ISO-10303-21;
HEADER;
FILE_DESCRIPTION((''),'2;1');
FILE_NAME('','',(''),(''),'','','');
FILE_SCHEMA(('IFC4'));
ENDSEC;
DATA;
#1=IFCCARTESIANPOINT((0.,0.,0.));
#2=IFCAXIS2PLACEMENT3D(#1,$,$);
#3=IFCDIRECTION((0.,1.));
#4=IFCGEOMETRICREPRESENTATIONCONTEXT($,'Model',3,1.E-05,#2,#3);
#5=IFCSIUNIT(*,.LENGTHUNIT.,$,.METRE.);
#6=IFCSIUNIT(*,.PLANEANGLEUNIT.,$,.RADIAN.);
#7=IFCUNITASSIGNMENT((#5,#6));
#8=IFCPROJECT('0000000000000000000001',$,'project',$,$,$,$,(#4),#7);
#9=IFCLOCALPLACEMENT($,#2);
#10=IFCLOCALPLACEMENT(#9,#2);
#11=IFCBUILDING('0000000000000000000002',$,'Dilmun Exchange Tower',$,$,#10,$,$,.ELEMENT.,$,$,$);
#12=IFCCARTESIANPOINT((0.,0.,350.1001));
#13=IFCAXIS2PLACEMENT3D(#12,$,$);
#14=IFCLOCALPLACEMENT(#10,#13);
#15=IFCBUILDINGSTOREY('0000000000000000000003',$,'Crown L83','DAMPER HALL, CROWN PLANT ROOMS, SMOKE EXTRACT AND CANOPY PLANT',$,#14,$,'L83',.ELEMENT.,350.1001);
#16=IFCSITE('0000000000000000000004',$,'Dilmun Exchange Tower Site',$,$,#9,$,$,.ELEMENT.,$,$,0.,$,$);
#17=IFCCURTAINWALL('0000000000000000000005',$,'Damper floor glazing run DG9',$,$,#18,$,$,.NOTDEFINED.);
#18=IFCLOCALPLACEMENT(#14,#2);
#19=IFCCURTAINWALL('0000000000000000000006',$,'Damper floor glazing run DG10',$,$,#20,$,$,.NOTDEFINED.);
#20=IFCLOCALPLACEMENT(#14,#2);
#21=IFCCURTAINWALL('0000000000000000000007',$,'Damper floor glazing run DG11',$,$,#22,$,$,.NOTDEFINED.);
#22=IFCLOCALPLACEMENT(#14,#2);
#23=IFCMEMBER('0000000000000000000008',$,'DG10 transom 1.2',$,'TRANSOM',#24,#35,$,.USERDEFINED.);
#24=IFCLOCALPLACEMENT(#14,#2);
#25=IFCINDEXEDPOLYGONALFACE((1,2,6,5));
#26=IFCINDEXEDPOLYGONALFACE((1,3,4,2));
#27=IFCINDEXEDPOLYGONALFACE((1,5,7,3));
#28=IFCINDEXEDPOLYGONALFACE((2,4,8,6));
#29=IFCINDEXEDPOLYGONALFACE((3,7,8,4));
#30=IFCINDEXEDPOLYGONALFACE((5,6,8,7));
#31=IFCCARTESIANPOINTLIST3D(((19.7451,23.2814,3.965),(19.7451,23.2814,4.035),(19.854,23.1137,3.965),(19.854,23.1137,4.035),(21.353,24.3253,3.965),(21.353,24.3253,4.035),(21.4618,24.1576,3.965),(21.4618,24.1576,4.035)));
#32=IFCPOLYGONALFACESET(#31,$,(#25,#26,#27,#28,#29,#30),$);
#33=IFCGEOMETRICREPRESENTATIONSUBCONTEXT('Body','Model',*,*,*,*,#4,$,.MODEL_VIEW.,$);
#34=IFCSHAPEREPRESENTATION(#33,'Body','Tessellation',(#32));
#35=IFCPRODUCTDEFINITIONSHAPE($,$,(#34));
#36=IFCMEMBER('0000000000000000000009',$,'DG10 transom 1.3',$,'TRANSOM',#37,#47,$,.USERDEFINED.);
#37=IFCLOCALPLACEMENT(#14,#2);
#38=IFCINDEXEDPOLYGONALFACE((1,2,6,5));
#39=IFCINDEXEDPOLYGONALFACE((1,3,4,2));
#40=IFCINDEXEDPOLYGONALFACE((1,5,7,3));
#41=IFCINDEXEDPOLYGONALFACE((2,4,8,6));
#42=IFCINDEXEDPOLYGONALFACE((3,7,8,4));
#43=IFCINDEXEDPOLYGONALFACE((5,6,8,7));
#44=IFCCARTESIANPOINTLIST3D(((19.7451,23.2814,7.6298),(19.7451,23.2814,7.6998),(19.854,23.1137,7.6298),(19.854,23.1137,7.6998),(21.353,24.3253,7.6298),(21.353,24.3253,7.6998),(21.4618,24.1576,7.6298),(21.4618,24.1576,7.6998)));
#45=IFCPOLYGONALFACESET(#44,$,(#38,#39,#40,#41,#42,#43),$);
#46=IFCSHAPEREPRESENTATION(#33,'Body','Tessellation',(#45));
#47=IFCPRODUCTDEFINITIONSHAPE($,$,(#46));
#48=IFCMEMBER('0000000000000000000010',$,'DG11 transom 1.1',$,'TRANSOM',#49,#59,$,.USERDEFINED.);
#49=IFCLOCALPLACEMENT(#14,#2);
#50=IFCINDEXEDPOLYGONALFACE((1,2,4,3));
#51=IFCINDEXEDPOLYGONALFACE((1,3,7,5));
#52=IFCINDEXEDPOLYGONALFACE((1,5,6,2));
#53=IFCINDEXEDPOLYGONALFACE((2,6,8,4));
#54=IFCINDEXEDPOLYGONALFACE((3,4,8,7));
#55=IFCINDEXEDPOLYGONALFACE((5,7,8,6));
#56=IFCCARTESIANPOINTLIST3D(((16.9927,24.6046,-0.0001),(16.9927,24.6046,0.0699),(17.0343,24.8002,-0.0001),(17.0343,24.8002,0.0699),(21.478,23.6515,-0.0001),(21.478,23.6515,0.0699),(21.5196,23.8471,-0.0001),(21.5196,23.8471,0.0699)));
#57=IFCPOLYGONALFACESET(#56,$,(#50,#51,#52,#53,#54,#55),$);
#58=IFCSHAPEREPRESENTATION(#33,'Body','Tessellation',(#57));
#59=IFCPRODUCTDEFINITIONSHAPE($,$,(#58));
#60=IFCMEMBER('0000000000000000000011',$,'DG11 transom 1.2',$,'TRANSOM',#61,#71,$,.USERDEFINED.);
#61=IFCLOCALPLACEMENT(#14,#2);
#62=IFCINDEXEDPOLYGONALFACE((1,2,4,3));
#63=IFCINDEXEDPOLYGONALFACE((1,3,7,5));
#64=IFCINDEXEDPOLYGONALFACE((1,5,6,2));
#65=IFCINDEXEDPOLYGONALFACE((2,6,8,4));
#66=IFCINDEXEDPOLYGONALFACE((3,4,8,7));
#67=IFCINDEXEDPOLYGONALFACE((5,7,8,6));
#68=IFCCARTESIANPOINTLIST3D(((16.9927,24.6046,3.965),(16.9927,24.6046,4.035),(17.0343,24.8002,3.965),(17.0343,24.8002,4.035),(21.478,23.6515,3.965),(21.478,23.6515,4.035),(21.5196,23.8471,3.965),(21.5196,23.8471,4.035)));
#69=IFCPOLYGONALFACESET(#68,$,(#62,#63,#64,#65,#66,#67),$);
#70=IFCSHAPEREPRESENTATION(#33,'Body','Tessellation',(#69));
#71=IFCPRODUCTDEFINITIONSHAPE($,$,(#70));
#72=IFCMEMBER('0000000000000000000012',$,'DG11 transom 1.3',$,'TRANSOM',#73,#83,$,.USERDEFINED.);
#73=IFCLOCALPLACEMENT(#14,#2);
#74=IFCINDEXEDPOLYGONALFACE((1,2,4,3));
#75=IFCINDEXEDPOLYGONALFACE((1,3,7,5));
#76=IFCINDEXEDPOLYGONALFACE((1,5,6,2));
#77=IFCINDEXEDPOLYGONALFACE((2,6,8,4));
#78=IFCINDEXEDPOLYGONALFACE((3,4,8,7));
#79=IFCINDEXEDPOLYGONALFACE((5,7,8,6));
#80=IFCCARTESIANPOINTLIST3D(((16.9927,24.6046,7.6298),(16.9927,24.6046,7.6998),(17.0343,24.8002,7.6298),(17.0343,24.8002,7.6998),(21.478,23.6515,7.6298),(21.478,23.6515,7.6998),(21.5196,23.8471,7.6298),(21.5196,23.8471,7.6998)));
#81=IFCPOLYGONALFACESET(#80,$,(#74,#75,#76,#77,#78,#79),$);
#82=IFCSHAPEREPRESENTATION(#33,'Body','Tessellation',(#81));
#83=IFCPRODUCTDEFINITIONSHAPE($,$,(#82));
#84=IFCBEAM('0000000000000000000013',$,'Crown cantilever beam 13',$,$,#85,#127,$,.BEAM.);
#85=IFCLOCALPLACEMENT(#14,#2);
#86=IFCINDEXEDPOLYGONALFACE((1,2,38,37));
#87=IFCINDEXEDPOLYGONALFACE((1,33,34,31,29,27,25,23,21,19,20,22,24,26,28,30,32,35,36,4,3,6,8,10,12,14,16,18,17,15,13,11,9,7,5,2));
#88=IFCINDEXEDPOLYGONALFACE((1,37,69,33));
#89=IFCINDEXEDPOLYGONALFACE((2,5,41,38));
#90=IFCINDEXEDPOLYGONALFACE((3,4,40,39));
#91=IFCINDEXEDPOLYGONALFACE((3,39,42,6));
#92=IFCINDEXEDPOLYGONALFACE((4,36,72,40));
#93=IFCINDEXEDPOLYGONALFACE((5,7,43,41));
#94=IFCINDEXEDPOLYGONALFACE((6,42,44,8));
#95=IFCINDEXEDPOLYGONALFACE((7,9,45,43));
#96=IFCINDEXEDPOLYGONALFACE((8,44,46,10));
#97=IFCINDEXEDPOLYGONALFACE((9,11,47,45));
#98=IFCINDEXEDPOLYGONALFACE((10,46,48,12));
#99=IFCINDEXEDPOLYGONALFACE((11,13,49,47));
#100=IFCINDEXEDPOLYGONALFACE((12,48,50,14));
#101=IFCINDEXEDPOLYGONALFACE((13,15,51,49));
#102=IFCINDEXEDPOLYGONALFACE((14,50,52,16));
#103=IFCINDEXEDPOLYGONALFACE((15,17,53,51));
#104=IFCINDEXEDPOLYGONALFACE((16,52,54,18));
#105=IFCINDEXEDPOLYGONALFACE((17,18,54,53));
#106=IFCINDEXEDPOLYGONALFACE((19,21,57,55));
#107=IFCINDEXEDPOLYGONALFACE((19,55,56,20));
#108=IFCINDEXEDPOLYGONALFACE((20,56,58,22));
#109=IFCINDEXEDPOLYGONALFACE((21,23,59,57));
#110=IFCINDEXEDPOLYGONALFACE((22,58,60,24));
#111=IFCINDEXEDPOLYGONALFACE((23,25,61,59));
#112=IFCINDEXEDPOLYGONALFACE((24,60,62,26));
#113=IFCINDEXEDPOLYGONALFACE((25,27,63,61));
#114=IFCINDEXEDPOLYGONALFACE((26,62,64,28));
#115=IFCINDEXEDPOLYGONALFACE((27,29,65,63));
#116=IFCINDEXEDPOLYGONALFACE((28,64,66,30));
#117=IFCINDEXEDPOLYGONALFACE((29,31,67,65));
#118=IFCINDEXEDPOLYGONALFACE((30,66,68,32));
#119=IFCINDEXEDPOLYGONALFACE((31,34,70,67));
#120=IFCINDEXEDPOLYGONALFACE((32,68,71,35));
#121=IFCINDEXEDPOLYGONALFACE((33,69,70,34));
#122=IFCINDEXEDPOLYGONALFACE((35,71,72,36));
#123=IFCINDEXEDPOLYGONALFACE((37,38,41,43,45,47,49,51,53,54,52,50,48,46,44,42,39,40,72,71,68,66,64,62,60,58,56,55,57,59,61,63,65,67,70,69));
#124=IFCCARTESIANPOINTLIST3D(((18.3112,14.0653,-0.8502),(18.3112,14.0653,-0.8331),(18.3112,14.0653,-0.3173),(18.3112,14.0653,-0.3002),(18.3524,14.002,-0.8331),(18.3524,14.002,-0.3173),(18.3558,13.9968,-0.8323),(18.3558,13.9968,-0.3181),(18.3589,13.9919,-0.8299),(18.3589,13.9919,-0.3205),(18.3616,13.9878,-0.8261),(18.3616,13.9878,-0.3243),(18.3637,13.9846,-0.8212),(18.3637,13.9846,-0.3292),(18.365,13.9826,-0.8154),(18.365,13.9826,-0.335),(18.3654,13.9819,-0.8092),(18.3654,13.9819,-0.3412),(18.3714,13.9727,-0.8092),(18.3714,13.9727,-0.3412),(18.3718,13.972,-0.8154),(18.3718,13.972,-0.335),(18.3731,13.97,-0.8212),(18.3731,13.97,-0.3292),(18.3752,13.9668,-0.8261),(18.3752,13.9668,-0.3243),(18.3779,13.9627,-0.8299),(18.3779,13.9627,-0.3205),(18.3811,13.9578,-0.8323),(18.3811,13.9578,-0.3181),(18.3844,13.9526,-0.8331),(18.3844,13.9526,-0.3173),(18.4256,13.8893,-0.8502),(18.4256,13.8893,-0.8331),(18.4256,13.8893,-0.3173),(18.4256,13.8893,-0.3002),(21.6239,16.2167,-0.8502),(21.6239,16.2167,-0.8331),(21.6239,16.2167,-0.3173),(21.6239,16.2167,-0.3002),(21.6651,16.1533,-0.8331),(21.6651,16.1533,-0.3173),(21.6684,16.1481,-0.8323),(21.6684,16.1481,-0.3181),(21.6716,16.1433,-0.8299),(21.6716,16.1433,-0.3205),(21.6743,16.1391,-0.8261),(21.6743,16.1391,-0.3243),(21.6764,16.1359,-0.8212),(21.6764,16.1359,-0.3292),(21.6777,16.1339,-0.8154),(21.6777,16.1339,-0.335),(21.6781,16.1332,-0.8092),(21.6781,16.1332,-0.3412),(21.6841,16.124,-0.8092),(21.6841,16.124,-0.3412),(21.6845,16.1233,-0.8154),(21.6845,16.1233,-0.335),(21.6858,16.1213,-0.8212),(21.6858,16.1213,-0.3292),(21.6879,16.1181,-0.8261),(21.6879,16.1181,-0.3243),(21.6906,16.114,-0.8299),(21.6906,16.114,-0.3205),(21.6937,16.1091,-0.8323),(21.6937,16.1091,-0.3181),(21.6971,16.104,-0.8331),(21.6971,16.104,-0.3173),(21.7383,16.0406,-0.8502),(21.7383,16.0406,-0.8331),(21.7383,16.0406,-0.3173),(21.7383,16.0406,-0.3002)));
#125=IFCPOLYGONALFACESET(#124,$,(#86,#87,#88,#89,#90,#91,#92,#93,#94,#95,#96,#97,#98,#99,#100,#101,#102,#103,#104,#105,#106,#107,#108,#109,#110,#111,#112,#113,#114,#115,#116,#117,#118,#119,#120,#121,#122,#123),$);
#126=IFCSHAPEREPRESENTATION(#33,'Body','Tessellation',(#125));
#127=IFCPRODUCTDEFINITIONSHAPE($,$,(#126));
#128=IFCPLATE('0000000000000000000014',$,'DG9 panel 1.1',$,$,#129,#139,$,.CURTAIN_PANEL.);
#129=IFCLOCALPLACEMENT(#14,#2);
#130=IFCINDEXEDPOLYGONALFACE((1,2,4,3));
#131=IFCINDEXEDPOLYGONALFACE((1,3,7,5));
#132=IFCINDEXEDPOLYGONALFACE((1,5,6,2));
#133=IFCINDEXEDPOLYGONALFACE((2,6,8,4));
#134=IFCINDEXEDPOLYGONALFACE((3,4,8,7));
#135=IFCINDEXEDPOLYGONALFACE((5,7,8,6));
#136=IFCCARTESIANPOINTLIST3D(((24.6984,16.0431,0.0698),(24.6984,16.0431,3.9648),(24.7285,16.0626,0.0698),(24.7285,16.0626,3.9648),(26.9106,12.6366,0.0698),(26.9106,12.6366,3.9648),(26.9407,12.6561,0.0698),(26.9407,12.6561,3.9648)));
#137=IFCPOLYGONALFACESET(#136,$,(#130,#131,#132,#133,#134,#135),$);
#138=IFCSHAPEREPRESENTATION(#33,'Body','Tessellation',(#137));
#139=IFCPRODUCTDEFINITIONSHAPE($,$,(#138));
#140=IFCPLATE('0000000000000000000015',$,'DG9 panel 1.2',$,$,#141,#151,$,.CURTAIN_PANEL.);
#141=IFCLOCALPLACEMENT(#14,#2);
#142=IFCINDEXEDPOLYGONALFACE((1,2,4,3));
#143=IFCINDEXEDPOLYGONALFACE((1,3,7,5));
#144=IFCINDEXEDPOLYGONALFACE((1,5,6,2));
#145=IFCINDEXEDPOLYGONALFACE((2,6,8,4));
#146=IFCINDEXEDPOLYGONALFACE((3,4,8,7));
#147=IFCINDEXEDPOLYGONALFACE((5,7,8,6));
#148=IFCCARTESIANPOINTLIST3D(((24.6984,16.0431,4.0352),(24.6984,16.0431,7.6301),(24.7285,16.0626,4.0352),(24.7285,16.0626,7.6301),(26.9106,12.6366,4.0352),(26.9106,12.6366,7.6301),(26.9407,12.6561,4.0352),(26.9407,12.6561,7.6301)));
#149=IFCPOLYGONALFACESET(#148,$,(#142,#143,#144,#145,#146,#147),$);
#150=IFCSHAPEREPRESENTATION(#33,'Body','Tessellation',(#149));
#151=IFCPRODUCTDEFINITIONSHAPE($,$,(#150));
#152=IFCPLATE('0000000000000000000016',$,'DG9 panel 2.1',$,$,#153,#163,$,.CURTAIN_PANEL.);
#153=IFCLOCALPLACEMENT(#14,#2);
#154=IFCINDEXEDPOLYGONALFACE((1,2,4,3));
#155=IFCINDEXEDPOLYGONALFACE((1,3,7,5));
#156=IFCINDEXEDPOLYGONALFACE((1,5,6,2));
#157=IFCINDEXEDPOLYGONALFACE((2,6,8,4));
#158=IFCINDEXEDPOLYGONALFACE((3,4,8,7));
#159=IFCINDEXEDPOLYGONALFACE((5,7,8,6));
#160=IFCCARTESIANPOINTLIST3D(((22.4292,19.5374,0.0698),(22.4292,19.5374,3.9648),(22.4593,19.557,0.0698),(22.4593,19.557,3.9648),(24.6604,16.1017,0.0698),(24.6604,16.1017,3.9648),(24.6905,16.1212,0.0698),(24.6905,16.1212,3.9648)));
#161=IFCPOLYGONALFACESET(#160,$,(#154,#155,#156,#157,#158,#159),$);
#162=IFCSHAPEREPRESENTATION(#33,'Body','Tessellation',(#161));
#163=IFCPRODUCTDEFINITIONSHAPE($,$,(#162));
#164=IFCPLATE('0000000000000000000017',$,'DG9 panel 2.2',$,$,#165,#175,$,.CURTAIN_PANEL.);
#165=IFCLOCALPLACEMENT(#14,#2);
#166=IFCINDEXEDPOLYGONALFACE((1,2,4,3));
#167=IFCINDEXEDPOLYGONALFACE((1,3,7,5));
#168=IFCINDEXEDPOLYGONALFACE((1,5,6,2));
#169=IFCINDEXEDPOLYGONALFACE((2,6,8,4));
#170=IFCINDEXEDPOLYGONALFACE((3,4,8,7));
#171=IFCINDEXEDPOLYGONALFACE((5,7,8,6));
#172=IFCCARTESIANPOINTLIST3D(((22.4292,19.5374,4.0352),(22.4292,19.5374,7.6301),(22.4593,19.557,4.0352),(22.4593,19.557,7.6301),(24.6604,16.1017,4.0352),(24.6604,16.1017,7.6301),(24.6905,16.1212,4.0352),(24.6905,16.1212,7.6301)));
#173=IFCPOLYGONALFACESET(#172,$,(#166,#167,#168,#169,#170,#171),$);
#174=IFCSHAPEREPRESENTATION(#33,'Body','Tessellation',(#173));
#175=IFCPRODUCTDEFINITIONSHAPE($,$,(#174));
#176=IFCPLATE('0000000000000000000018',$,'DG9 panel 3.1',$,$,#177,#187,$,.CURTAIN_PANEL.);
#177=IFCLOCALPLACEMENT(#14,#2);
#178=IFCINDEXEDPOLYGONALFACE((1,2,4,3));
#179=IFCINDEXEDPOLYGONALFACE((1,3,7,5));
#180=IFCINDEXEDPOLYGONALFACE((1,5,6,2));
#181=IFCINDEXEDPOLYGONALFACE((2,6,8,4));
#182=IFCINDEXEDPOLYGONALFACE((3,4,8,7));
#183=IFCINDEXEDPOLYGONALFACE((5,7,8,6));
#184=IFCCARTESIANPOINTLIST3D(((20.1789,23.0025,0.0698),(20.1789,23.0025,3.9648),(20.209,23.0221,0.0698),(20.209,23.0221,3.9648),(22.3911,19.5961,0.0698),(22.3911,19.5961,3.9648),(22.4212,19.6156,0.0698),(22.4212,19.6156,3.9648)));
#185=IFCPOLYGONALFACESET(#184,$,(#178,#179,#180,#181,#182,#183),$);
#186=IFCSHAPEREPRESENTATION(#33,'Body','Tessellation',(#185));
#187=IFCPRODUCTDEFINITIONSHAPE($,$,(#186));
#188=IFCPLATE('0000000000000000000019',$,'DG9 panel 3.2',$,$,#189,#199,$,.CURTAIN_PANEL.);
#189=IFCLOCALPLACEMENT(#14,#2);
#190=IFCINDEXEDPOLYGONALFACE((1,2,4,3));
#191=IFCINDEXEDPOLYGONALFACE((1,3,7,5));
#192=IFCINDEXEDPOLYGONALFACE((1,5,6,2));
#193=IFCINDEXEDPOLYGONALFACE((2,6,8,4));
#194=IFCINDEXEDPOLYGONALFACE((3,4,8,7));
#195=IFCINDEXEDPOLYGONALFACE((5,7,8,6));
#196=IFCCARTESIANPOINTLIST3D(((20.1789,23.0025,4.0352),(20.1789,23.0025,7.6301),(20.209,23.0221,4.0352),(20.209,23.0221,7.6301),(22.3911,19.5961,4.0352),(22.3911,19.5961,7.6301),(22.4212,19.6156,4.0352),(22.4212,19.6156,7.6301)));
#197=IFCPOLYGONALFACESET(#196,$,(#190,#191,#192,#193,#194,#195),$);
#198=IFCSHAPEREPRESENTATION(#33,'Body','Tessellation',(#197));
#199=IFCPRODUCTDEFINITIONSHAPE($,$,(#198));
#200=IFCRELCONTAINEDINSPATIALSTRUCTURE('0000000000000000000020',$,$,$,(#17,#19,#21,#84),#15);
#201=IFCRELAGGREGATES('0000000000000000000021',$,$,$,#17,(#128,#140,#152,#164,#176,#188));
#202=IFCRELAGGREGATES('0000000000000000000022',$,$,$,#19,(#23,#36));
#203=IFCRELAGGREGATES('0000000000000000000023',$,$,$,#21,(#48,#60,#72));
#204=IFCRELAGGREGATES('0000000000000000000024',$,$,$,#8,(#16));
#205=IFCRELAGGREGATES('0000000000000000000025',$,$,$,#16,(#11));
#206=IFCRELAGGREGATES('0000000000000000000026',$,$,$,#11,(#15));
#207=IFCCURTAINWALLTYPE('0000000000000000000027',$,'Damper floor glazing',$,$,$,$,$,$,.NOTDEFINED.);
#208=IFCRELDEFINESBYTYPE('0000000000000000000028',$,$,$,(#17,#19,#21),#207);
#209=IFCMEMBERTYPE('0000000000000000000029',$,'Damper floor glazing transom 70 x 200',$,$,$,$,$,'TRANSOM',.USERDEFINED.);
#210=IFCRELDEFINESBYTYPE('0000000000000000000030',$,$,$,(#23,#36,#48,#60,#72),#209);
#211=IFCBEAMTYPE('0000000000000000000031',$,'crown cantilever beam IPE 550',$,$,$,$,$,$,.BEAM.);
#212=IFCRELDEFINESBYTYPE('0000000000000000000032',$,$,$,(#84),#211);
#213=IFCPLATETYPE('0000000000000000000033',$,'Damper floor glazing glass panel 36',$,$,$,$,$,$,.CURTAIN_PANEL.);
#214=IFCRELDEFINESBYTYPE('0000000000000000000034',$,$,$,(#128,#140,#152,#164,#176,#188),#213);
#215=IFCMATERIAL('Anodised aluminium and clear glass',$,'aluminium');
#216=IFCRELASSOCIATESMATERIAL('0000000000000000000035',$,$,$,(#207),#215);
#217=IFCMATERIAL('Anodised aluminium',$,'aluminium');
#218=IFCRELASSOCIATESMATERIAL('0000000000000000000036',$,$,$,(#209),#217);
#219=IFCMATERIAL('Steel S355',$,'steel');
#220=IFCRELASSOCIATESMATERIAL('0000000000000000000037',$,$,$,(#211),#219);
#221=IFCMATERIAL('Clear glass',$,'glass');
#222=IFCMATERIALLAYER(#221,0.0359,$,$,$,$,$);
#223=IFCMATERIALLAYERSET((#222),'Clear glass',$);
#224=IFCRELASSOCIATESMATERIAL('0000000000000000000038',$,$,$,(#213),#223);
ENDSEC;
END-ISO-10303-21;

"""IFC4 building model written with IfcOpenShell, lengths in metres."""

from ifc_helpers import new_model, si_unit, direction, frame, origin, origin_2d, place, context, subcontext, project, spatial, rectangle, i_section, extrude, material, layer, layer_set, material_profile, profile_set, type_object, element, aggregate, save


model = new_model("IFC4")

# Units and contexts
model_context = context("Model", 3, precision=1e-05, world=origin(), true_north=direction((0.0, 1.0)))
body_context = subcontext(model_context, "Body", "Model", "MODEL_VIEW")
ifc_project = project(units=[si_unit("LENGTHUNIT", "METRE"), si_unit("PLANEANGLEUNIT", "RADIAN")], contexts=[model_context])

# Site, building, storey
site_placement = place(None, origin())
site = spatial("IfcSite", under=ifc_project, at=site_placement, Name="Dilmun Exchange Tower Site", CompositionType="ELEMENT", RefElevation=0.0)
building_placement = place(site_placement, origin())
building = spatial("IfcBuilding", under=site, at=building_placement, Name="Dilmun Exchange Tower", CompositionType="ELEMENT")
storey_placement = place(building_placement, frame((0.0, 0.0, 350.1001)))
storey = spatial("IfcBuildingStorey", under=building, at=storey_placement, Name="Crown L83", Description="DAMPER HALL, CROWN PLANT ROOMS, SMOKE EXTRACT AND CANOPY PLANT", LongName="L83", CompositionType="ELEMENT", Elevation=350.1001)

# Curtain walls
ifc_material_1 = material(Name="Anodised aluminium and clear glass", Category="aluminium")
curtain_wall_type = type_object("IfcCurtainWallType", Name="Damper floor glazing", PredefinedType="NOTDEFINED", material=ifc_material_1)
curtain_wall_1_placement = place(storey_placement, origin())
curtain_wall_1 = element("IfcCurtainWall", 1, at=curtain_wall_1_placement, inside=storey, type_object=curtain_wall_type, Name="Damper floor glazing run DG9", PredefinedType="NOTDEFINED")
ifc_material_2 = material(Name="Anodised aluminium", Category="aluminium")
curtain_wall_2_placement = place(storey_placement, origin())
curtain_wall_2 = element("IfcCurtainWall", 2, at=curtain_wall_2_placement, inside=storey, type_object=curtain_wall_type, Name="Damper floor glazing run DG10", PredefinedType="NOTDEFINED")

# Curtain wall
curtain_wall_3_placement = place(storey_placement, origin())
curtain_wall_3 = element("IfcCurtainWall", 3, at=curtain_wall_3_placement, inside=storey, type_object=curtain_wall_type, Name="Damper floor glazing run DG11", PredefinedType="NOTDEFINED")

# Members
ifc_material_profile_1 = material_profile(ifc_material_2, rectangle(XDim=0.2, YDim=0.0701, at=origin_2d()), Name="AL 70x200")
ifc_profile_set_1 = profile_set([ifc_material_profile_1], Name="Anodised aluminium")
member_type_1 = type_object("IfcMemberType", Name="Damper floor glazing transom 70 x 200", ElementType="TRANSOM", PredefinedType="USERDEFINED", material=ifc_profile_set_1)
member_1_placement = place(storey_placement, frame((19.7996, 23.1975, 4.0), z_axis=(0.838729, 0.54455, 0.0), x_axis=(-0.54455, 0.838729, 0.0)))
member_1 = element("IfcMember", 4, at=member_1_placement, type_object=member_type_1, Name="DG10 transom 1.2", ObjectType="TRANSOM", PredefinedType="USERDEFINED", context=body_context, shape_type="SweptSolid", body=[
    extrude(rectangle(XDim=0.2, YDim=0.0701, at=origin_2d()), origin(), (0.0, 0.0, 1.0), 1.917),
])
member_2_placement = place(storey_placement, frame((19.7996, 23.1975, 7.6648), z_axis=(0.838729, 0.54455, 0.0), x_axis=(-0.54455, 0.838729, 0.0)))
member_2 = element("IfcMember", 5, at=member_2_placement, type_object=member_type_1, Name="DG10 transom 1.3", ObjectType="TRANSOM", PredefinedType="USERDEFINED", context=body_context, shape_type="SweptSolid", body=[
    extrude(rectangle(XDim=0.2, YDim=0.0701, at=origin_2d()), origin(), (0.0, 0.0, 1.0), 1.917),
])
member_3_placement = place(storey_placement, frame((21.4988, 23.7493, 0.0349), z_axis=(-0.978159, 0.207856, 0.0), x_axis=(-0.207856, -0.978159, 0.0)))
member_3 = element("IfcMember", 6, at=member_3_placement, type_object=member_type_1, Name="DG11 transom 1.1", ObjectType="TRANSOM", PredefinedType="USERDEFINED", context=body_context, shape_type="SweptSolid", body=[
    extrude(rectangle(XDim=0.2, YDim=0.0701, at=origin_2d()), origin(), (0.0, 0.0, 1.0), 4.5854),
])
member_4_placement = place(storey_placement, frame((21.4988, 23.7493, 4.0), z_axis=(-0.978159, 0.207856, 0.0), x_axis=(-0.207856, -0.978159, 0.0)))
member_4 = element("IfcMember", 7, at=member_4_placement, type_object=member_type_1, Name="DG11 transom 1.2", ObjectType="TRANSOM", PredefinedType="USERDEFINED", context=body_context, shape_type="SweptSolid", body=[
    extrude(rectangle(XDim=0.2, YDim=0.0701, at=origin_2d()), origin(), (0.0, 0.0, 1.0), 4.5854),
])
member_5_placement = place(storey_placement, frame((21.4988, 23.7493, 7.6648), z_axis=(-0.978159, 0.207856, 0.0), x_axis=(-0.207856, -0.978159, 0.0)))
member_5 = element("IfcMember", 8, at=member_5_placement, type_object=member_type_1, Name="DG11 transom 1.3", ObjectType="TRANSOM", PredefinedType="USERDEFINED", context=body_context, shape_type="SweptSolid", body=[
    extrude(rectangle(XDim=0.2, YDim=0.0701, at=origin_2d()), origin(), (0.0, 0.0, 1.0), 4.5854),
])

# Beam
ifc_material_3 = material(Name="Steel S355", Category="steel")
ifc_material_profile_2 = material_profile(ifc_material_3, i_section(OverallWidth=0.21, OverallDepth=0.55, WebThickness=0.011, FlangeThickness=0.0171, FilletRadius=0.0239, at=origin_2d()), Name="IPE 550")
ifc_profile_set_2 = profile_set([ifc_material_profile_2], Name="Steel S355")
beam_type = type_object("IfcBeamType", Name="crown cantilever beam IPE 550", PredefinedType="BEAM", material=ifc_profile_set_2)
beam_placement = place(storey_placement, frame((18.3684, 13.9773, -0.5752), z_axis=(0.838665, 0.544647, 0.0), x_axis=(-0.544647, 0.838665, 0.0)))
element("IfcBeam", 9, at=beam_placement, inside=storey, type_object=beam_type, Name="Crown cantilever beam 13", PredefinedType="BEAM", context=body_context, shape_type="SweptSolid", body=[
    extrude(i_section(OverallWidth=0.21, OverallDepth=0.55, WebThickness=0.011, FlangeThickness=0.0171, FilletRadius=0.0239, at=origin_2d()), origin(), (0.0, 0.0, 1.0), 3.95),
])

# Plates
ifc_material_4 = material(Name="Clear glass", Category="glass")
ifc_layer = layer(ifc_material_4, 0.0359)
ifc_layer_set = layer_set([ifc_layer], Name="Clear glass")
plate_type = type_object("IfcPlateType", Name="Damper floor glazing glass panel 36", PredefinedType="CURTAIN_PANEL", material=ifc_layer_set)
plate_1_placement = place(storey_placement, frame((25.8196, 14.3496, 0.0698), z_axis=(0.0, 0.0, 1.0), x_axis=(-0.544643, 0.838668, 0.0)))
plate_1 = element("IfcPlate", 10, at=plate_1_placement, type_object=plate_type, Name="DG9 panel 1.1", PredefinedType="CURTAIN_PANEL", context=body_context, shape_type="SweptSolid", body=[
    extrude(rectangle(XDim=4.0618, YDim=0.0359, at=origin_2d()), origin(), (0.0, 0.0, 1.0), 3.895),
])
plate_2_placement = place(storey_placement, frame((25.8196, 14.3496, 4.0352), z_axis=(0.0, 0.0, 1.0), x_axis=(-0.544643, 0.838668, 0.0)))
plate_2 = element("IfcPlate", 11, at=plate_2_placement, type_object=plate_type, Name="DG9 panel 1.2", PredefinedType="CURTAIN_PANEL", context=body_context, shape_type="SweptSolid", body=[
    extrude(rectangle(XDim=4.0618, YDim=0.0359, at=origin_2d()), origin(), (0.0, 0.0, 1.0), 3.595),
])
plate_3_placement = place(storey_placement, frame((23.5598, 17.8293, 0.0698), z_axis=(0.0, 0.0, 1.0), x_axis=(-0.544643, 0.838668, 0.0)))
plate_3 = element("IfcPlate", 12, at=plate_3_placement, type_object=plate_type, Name="DG9 panel 2.1", PredefinedType="CURTAIN_PANEL", context=body_context, shape_type="SweptSolid", body=[
    extrude(rectangle(XDim=4.0967, YDim=0.0359, at=origin_2d()), origin(), (0.0, 0.0, 1.0), 3.895),
])
plate_4_placement = place(storey_placement, frame((23.5598, 17.8293, 4.0352), z_axis=(0.0, 0.0, 1.0), x_axis=(-0.544643, 0.838668, 0.0)))
plate_4 = element("IfcPlate", 13, at=plate_4_placement, type_object=plate_type, Name="DG9 panel 2.2", PredefinedType="CURTAIN_PANEL", context=body_context, shape_type="SweptSolid", body=[
    extrude(rectangle(XDim=4.0967, YDim=0.0359, at=origin_2d()), origin(), (0.0, 0.0, 1.0), 3.595),
])
plate_5_placement = place(storey_placement, frame((21.3, 21.3091, 0.0698), z_axis=(0.0, 0.0, 1.0), x_axis=(-0.544643, 0.838668, 0.0)))
plate_5 = element("IfcPlate", 14, at=plate_5_placement, type_object=plate_type, Name="DG9 panel 3.1", PredefinedType="CURTAIN_PANEL", context=body_context, shape_type="SweptSolid", body=[
    extrude(rectangle(XDim=4.0618, YDim=0.0359, at=origin_2d()), origin(), (0.0, 0.0, 1.0), 3.895),
])
plate_6_placement = place(storey_placement, frame((21.3, 21.3091, 4.0352), z_axis=(0.0, 0.0, 1.0), x_axis=(-0.544643, 0.838668, 0.0)))
plate_6 = element("IfcPlate", 15, at=plate_6_placement, type_object=plate_type, Name="DG9 panel 3.2", PredefinedType="CURTAIN_PANEL", context=body_context, shape_type="SweptSolid", body=[
    extrude(rectangle(XDim=4.0618, YDim=0.0359, at=origin_2d()), origin(), (0.0, 0.0, 1.0), 3.595),
])
aggregate(curtain_wall_1, [plate_1, plate_2, plate_3, plate_4, plate_5, plate_6])
aggregate(curtain_wall_2, [member_1, member_2])
aggregate(curtain_wall_3, [member_3, member_4, member_5])

save(model, "model.ifc")
